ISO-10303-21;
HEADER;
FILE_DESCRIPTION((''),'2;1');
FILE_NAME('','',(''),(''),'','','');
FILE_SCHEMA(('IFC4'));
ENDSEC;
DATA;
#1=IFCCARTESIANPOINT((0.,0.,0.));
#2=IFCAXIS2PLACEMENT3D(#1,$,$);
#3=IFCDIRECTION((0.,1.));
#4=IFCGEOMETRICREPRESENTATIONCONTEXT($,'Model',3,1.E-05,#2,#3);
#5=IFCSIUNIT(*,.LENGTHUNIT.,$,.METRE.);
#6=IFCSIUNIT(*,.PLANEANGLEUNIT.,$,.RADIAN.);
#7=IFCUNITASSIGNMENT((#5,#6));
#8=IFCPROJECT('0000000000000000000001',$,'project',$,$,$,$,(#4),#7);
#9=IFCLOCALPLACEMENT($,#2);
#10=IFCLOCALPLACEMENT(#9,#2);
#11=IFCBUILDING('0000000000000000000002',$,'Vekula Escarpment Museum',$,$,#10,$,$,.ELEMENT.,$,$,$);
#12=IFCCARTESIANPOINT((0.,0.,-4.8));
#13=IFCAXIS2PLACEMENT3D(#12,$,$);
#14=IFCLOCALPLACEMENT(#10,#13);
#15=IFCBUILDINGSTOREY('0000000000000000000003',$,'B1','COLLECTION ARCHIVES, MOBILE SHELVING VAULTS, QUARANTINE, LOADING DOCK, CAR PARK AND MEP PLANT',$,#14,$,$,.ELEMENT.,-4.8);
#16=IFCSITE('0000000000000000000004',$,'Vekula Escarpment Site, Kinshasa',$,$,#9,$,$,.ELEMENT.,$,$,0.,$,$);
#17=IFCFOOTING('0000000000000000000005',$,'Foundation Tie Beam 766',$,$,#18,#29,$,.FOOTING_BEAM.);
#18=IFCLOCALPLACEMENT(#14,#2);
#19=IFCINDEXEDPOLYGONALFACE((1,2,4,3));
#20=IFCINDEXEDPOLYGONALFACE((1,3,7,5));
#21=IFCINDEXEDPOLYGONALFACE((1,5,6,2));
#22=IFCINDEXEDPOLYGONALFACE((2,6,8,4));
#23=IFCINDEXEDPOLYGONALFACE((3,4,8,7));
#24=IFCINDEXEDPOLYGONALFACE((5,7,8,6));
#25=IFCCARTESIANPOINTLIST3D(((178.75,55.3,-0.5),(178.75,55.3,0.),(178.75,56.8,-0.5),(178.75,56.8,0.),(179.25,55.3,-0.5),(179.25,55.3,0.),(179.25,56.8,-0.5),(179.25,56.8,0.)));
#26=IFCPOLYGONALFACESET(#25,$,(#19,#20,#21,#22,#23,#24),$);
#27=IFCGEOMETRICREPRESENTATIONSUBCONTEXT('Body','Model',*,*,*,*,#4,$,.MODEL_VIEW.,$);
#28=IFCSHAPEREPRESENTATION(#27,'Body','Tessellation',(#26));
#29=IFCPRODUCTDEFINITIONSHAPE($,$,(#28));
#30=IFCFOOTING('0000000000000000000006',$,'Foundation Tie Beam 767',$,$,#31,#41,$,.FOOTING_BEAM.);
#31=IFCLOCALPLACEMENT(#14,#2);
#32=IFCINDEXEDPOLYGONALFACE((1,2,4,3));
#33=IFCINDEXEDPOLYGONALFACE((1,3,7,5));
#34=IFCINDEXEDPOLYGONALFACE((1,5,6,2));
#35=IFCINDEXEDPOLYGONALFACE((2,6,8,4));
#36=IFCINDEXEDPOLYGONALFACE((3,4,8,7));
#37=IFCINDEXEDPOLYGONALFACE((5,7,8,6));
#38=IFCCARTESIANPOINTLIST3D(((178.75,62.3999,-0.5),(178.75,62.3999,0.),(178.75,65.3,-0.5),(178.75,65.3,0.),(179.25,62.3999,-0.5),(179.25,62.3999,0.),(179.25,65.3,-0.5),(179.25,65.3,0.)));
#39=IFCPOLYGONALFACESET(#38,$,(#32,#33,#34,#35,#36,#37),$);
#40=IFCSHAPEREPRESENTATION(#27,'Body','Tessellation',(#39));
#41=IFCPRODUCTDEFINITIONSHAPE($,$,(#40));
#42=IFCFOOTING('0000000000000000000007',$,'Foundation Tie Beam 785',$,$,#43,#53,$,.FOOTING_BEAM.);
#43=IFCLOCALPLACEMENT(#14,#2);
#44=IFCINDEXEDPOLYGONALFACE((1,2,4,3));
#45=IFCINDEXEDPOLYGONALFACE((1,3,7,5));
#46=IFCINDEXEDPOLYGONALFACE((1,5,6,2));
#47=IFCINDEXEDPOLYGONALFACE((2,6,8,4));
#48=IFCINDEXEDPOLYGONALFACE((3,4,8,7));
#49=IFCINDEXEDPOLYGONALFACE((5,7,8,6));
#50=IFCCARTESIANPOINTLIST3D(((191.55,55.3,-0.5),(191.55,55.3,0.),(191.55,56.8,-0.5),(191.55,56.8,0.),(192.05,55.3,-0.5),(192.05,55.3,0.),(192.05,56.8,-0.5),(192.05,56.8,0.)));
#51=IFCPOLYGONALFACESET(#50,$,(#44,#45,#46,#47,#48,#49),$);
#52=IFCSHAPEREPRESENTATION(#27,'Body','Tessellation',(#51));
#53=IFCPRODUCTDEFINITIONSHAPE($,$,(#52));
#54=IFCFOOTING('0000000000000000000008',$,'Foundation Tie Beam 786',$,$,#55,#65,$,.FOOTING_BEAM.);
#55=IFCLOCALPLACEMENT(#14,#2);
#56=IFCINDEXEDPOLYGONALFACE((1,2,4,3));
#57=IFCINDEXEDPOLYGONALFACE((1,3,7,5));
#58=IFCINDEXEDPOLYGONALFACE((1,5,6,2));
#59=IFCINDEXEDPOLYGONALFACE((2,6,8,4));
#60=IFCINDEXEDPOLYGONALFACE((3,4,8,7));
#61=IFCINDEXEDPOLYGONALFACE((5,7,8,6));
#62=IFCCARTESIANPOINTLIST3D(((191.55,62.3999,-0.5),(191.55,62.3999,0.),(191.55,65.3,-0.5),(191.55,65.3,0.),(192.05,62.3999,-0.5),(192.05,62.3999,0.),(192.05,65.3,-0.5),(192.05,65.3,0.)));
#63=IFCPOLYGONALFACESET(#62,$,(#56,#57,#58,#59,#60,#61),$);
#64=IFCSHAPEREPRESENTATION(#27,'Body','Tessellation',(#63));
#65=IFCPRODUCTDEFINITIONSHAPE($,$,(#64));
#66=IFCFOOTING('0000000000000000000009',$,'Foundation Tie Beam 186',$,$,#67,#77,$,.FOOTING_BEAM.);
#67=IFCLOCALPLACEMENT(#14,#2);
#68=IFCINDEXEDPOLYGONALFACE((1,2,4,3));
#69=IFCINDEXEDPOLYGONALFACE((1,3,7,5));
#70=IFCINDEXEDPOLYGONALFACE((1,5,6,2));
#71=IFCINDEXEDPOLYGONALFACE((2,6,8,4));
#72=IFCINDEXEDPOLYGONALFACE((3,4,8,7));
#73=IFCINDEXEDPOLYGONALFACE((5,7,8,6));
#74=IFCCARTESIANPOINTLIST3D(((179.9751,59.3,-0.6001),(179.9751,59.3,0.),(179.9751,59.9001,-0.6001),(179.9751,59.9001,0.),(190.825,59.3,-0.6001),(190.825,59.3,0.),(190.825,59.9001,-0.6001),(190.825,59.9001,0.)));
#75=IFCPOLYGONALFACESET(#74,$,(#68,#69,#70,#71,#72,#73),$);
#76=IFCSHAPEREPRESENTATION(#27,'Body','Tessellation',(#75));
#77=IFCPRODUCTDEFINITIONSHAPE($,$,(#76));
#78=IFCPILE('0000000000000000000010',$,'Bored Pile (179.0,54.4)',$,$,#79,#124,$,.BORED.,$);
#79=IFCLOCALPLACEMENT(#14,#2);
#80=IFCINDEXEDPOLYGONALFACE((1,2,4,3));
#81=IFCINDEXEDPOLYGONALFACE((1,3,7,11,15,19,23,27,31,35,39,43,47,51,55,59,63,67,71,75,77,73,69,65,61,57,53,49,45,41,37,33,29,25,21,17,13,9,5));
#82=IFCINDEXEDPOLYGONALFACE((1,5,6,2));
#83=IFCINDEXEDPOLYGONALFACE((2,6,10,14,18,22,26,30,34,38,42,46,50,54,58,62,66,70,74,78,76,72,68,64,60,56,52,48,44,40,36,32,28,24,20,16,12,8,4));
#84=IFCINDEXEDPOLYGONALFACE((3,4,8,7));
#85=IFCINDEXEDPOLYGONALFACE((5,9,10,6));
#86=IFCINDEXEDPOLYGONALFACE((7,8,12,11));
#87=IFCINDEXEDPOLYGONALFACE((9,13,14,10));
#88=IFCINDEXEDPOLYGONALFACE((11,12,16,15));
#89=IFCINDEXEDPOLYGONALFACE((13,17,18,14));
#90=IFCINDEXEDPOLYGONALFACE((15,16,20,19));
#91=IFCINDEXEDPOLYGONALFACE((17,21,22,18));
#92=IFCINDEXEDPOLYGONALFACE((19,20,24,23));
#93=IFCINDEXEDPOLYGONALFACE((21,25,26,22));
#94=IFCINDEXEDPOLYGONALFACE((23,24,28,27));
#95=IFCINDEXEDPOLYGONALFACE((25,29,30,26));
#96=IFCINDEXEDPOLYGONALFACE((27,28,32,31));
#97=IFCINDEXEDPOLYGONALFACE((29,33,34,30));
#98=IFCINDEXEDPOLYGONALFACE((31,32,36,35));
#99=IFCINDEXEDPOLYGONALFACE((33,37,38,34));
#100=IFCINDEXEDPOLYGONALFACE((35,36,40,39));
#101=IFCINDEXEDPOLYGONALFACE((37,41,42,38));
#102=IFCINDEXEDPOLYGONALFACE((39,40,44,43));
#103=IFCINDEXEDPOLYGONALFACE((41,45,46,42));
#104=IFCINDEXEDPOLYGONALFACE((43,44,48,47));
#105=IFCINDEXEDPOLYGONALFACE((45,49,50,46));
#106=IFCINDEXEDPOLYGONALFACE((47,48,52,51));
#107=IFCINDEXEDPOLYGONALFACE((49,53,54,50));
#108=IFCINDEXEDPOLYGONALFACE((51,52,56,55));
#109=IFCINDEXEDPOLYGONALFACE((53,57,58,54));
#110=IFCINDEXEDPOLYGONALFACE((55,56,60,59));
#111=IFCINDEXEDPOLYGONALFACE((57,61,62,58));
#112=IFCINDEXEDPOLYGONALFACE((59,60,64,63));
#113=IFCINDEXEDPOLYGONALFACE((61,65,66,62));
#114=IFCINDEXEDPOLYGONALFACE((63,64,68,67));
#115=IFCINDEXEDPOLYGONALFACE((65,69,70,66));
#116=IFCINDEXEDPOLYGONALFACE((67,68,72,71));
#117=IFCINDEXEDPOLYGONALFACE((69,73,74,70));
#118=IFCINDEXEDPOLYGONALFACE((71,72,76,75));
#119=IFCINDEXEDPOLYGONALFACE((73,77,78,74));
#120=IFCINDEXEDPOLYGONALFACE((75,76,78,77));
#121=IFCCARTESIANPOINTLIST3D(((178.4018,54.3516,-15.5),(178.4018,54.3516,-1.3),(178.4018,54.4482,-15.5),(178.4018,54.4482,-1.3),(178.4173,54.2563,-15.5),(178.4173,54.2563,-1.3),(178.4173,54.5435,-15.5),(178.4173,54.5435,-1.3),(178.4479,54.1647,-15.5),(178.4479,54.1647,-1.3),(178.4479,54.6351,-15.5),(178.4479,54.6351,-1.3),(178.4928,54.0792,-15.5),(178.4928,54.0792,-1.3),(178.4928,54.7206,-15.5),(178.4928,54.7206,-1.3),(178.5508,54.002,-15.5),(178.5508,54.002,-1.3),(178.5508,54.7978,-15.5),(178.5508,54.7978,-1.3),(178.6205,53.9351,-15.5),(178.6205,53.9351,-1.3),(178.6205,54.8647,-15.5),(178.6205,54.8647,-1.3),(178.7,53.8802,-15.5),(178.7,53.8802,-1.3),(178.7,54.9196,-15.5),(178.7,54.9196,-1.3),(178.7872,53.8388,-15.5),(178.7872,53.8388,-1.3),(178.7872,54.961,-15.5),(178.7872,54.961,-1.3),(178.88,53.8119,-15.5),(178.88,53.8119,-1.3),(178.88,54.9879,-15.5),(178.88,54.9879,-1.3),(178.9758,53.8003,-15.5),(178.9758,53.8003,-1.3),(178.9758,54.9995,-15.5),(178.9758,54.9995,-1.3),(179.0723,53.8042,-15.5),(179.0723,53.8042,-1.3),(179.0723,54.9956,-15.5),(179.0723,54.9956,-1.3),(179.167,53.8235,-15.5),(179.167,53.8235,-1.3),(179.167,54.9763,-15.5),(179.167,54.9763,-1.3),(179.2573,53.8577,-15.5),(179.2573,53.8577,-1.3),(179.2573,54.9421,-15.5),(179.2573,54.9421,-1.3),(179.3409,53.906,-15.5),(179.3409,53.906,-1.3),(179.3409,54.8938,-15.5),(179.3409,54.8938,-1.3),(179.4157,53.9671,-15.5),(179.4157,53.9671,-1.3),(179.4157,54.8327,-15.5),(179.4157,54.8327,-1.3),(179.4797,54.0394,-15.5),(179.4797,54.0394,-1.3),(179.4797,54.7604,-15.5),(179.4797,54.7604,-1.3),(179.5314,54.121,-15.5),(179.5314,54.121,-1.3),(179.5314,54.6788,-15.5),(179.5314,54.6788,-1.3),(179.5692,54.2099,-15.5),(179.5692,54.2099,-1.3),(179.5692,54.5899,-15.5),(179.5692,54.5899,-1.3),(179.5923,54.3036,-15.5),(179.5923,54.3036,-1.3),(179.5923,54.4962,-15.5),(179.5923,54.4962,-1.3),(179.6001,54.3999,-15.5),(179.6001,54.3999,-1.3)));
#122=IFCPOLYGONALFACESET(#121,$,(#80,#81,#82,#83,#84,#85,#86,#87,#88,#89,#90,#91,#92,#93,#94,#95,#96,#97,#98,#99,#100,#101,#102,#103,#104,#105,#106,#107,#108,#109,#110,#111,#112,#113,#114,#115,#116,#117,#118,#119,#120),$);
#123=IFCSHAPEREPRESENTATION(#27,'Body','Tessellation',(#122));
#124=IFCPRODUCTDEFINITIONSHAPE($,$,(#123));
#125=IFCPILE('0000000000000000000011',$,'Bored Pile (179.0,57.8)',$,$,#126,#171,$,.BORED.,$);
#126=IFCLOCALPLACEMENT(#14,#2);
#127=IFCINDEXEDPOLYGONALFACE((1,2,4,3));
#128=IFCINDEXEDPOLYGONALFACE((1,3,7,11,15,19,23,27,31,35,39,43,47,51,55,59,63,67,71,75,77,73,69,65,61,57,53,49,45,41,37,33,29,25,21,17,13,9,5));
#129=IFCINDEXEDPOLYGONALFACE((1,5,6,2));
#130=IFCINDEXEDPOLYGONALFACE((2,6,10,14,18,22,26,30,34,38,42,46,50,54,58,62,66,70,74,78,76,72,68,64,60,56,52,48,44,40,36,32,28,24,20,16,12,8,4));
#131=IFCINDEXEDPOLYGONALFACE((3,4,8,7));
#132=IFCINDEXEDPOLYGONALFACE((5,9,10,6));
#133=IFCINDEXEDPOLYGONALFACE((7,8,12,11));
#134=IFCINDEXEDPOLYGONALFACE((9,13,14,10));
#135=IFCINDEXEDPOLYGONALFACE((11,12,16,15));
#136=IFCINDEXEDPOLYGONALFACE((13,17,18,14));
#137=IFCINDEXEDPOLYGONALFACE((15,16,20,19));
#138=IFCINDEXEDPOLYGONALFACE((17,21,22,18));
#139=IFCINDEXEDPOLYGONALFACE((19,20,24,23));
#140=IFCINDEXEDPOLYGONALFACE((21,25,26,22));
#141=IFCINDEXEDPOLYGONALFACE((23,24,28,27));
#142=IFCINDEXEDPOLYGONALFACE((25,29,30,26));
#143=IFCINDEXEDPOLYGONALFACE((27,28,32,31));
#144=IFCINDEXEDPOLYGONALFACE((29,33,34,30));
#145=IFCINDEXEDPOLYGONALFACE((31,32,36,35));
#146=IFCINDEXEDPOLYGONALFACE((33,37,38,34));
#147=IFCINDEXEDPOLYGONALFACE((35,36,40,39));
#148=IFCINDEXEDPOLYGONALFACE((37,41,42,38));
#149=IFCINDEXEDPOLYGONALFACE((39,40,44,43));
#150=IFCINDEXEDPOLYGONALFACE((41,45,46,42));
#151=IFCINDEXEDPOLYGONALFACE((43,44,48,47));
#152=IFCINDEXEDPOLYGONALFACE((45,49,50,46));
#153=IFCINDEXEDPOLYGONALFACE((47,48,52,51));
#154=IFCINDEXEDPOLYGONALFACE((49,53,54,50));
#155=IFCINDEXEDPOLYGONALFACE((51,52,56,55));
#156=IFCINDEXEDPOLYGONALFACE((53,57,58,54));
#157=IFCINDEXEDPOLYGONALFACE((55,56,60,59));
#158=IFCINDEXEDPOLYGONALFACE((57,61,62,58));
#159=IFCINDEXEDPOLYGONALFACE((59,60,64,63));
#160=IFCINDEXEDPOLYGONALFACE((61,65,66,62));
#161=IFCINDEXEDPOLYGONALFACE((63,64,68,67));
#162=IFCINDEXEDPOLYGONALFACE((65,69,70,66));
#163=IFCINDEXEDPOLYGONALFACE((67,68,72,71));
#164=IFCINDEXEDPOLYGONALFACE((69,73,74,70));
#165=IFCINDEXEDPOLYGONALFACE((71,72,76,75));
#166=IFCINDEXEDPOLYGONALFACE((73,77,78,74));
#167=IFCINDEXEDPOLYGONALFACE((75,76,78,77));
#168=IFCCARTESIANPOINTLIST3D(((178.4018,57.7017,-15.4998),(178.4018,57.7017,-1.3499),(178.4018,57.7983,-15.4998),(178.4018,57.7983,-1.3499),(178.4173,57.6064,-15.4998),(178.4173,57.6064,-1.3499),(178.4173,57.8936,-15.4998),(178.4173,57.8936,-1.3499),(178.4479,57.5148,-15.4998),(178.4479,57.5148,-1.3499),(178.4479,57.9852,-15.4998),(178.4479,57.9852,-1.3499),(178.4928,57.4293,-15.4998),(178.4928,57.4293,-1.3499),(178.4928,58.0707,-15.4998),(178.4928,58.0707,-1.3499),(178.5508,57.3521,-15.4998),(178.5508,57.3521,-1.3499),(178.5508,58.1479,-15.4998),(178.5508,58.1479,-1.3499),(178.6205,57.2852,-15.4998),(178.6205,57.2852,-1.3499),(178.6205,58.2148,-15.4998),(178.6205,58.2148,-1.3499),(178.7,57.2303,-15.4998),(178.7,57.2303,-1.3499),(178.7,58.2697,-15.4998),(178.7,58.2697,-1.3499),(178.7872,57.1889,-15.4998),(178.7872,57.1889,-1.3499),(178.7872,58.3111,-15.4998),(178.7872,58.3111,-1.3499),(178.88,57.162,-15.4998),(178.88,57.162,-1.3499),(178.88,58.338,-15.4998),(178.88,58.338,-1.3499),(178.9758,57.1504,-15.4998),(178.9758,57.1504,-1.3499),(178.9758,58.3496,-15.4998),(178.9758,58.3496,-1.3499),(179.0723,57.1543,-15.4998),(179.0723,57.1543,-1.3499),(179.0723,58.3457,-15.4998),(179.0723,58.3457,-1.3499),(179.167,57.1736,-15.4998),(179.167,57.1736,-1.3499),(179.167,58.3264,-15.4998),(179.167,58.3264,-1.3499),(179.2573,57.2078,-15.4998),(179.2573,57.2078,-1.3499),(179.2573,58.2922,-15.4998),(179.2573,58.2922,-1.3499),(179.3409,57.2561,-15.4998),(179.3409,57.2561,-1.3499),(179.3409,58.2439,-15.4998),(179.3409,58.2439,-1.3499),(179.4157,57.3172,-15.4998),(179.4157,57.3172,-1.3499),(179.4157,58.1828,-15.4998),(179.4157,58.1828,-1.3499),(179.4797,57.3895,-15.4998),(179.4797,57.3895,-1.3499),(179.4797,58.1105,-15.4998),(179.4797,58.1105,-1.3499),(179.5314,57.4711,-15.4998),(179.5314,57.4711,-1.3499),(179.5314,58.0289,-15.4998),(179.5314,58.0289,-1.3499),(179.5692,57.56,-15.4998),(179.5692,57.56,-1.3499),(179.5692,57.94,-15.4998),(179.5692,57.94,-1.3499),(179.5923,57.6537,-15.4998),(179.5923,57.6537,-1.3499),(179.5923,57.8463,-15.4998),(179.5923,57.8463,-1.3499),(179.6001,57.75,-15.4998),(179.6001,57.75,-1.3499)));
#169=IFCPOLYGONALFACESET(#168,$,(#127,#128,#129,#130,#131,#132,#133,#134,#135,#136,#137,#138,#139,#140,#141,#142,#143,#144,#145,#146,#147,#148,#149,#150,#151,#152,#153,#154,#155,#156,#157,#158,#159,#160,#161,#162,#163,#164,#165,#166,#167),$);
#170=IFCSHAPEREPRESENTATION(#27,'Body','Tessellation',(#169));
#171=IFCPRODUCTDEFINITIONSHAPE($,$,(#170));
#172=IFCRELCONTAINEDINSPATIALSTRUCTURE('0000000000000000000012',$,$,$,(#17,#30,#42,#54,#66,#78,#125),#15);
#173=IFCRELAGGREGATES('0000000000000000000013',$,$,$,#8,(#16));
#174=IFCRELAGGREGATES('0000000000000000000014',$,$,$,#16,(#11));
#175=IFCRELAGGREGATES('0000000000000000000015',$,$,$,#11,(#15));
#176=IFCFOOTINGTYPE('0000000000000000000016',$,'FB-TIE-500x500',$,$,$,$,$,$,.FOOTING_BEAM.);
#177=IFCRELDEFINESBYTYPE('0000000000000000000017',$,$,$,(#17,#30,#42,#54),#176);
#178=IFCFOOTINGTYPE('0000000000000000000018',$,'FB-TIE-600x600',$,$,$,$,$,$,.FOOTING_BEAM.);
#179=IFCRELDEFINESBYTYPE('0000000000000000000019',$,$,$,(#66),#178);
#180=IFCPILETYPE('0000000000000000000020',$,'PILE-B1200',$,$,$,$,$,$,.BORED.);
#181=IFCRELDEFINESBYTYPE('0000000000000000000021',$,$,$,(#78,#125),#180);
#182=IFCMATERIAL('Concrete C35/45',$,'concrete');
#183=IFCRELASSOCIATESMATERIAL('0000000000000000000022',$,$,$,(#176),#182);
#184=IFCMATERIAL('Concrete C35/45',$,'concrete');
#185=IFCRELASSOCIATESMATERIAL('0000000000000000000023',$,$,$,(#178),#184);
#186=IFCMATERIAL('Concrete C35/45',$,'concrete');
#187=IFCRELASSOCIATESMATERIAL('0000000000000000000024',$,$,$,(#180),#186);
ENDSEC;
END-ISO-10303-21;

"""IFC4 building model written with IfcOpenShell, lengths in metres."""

from ifc_helpers import new_model, si_unit, direction, frame, origin, origin_2d, place, context, subcontext, project, spatial, rectangle, circle, extrude, material, material_profile, profile_set, type_object, element, save


model = new_model("IFC4")

# Units and contexts
model_context = context("Model", 3, precision=1e-05, world=origin(), true_north=direction((0.0, 1.0)))
body_context = subcontext(model_context, "Body", "Model", "MODEL_VIEW")
ifc_project = project(units=[si_unit("LENGTHUNIT", "METRE"), si_unit("PLANEANGLEUNIT", "RADIAN")], contexts=[model_context])

# Site, building, storey
site_placement = place(None, origin())
site = spatial("IfcSite", under=ifc_project, at=site_placement, Name="Vekula Escarpment Site, Kinshasa", CompositionType="ELEMENT", RefElevation=0.0)
building_placement = place(site_placement, origin())
building = spatial("IfcBuilding", under=site, at=building_placement, Name="Vekula Escarpment Museum", CompositionType="ELEMENT")
storey_placement = place(building_placement, frame((0.0, 0.0, -4.8)))
storey = spatial("IfcBuildingStorey", under=building, at=storey_placement, Name="B1", Description="COLLECTION ARCHIVES, MOBILE SHELVING VAULTS, QUARANTINE, LOADING DOCK, CAR PARK AND MEP PLANT", CompositionType="ELEMENT", Elevation=-4.8)

# Footings
ifc_material_1 = material(Name="Concrete C35/45", Category="concrete")
ifc_material_profile_1 = material_profile(ifc_material_1, rectangle(XDim=0.5, YDim=0.5, at=origin_2d()), Name="RC 500x500")
ifc_profile_set_1 = profile_set([ifc_material_profile_1], Name="Concrete C35/45")
footing_type_1 = type_object("IfcFootingType", Name="FB-TIE-500x500", PredefinedType="FOOTING_BEAM", material=ifc_profile_set_1)
footing_1_placement = place(storey_placement, frame((179.0, 55.3, -0.25), z_axis=(0.0, 1.0, 0.0), x_axis=(-1.0, 0.0, 0.0)))
element("IfcFooting", 1, at=footing_1_placement, inside=storey, type_object=footing_type_1, Name="Foundation Tie Beam 766", PredefinedType="FOOTING_BEAM", context=body_context, shape_type="SweptSolid", body=[
    extrude(rectangle(XDim=0.5, YDim=0.5, at=origin_2d()), origin(), (0.0, 0.0, 1.0), 1.5),
])
footing_2_placement = place(storey_placement, frame((179.0, 62.3999, -0.25), z_axis=(0.0, 1.0, 0.0), x_axis=(-1.0, 0.0, 0.0)))
element("IfcFooting", 2, at=footing_2_placement, inside=storey, type_object=footing_type_1, Name="Foundation Tie Beam 767", PredefinedType="FOOTING_BEAM", context=body_context, shape_type="SweptSolid", body=[
    extrude(rectangle(XDim=0.5, YDim=0.5, at=origin_2d()), origin(), (0.0, 0.0, 1.0), 2.9001),
])
footing_3_placement = place(storey_placement, frame((191.8, 55.3, -0.25), z_axis=(0.0, 1.0, 0.0), x_axis=(-1.0, 0.0, 0.0)))
element("IfcFooting", 3, at=footing_3_placement, inside=storey, type_object=footing_type_1, Name="Foundation Tie Beam 785", PredefinedType="FOOTING_BEAM", context=body_context, shape_type="SweptSolid", body=[
    extrude(rectangle(XDim=0.5, YDim=0.5, at=origin_2d()), origin(), (0.0, 0.0, 1.0), 1.5),
])
footing_4_placement = place(storey_placement, frame((191.8, 62.3999, -0.25), z_axis=(0.0, 1.0, 0.0), x_axis=(-1.0, 0.0, 0.0)))
element("IfcFooting", 4, at=footing_4_placement, inside=storey, type_object=footing_type_1, Name="Foundation Tie Beam 786", PredefinedType="FOOTING_BEAM", context=body_context, shape_type="SweptSolid", body=[
    extrude(rectangle(XDim=0.5, YDim=0.5, at=origin_2d()), origin(), (0.0, 0.0, 1.0), 2.9001),
])
ifc_material_2 = material(Name="Concrete C35/45", Category="concrete")
ifc_material_profile_2 = material_profile(ifc_material_2, rectangle(XDim=0.6001, YDim=0.6001, at=origin_2d()), Name="RC 600x600")
ifc_profile_set_2 = profile_set([ifc_material_profile_2], Name="Concrete C35/45")
footing_type_2 = type_object("IfcFootingType", Name="FB-TIE-600x600", PredefinedType="FOOTING_BEAM", material=ifc_profile_set_2)
footing_5_placement = place(storey_placement, frame((179.9751, 59.6001, -0.3), z_axis=(1.0, 0.0, 0.0), x_axis=(0.0, 1.0, 0.0)))
element("IfcFooting", 5, at=footing_5_placement, inside=storey, type_object=footing_type_2, Name="Foundation Tie Beam 186", PredefinedType="FOOTING_BEAM", context=body_context, shape_type="SweptSolid", body=[
    extrude(rectangle(XDim=0.6001, YDim=0.6001, at=origin_2d()), origin(), (0.0, 0.0, 1.0), 10.8499),
])

# Piles
ifc_material_3 = material(Name="Concrete C35/45", Category="concrete")
ifc_material_profile_3 = material_profile(ifc_material_3, circle(Radius=0.6001, at=origin_2d()), Name="BORED PILE 1200")
ifc_profile_set_3 = profile_set([ifc_material_profile_3], Name="Concrete C35/45")
pile_type = type_object("IfcPileType", Name="PILE-B1200", PredefinedType="BORED", material=ifc_profile_set_3)
pile_1_placement = place(storey_placement, frame((179.0, 54.3999, -1.3), z_axis=(0.0, 0.0, -1.0), x_axis=(1.0, 0.0, 0.0)))
element("IfcPile", 6, at=pile_1_placement, inside=storey, type_object=pile_type, Name="Bored Pile (179.0,54.4)", PredefinedType="BORED", context=body_context, shape_type="SweptSolid", body=[
    extrude(circle(Radius=0.6001, at=origin_2d()), origin(), (0.0, 0.0, 1.0), 14.2),
])
for number, where, z_axis, x_axis, name in (
    (7, (179.0, 57.75, -1.3499), (0.0, 0.0, -1.0), (1.0, 0.0, 0.0), "Bored Pile (179.0,57.8)"),
):
    element("IfcPile", number, at=place(storey_placement, frame(where, z_axis=z_axis, x_axis=x_axis)), inside=storey, type_object=pile_type, Name=name, PredefinedType="BORED", context=body_context, shape_type="SweptSolid", body=[
        extrude(circle(Radius=0.6001, at=origin_2d()), origin(), (0.0, 0.0, 1.0), 14.1499),
    ])

save(model, "model.ifc")
